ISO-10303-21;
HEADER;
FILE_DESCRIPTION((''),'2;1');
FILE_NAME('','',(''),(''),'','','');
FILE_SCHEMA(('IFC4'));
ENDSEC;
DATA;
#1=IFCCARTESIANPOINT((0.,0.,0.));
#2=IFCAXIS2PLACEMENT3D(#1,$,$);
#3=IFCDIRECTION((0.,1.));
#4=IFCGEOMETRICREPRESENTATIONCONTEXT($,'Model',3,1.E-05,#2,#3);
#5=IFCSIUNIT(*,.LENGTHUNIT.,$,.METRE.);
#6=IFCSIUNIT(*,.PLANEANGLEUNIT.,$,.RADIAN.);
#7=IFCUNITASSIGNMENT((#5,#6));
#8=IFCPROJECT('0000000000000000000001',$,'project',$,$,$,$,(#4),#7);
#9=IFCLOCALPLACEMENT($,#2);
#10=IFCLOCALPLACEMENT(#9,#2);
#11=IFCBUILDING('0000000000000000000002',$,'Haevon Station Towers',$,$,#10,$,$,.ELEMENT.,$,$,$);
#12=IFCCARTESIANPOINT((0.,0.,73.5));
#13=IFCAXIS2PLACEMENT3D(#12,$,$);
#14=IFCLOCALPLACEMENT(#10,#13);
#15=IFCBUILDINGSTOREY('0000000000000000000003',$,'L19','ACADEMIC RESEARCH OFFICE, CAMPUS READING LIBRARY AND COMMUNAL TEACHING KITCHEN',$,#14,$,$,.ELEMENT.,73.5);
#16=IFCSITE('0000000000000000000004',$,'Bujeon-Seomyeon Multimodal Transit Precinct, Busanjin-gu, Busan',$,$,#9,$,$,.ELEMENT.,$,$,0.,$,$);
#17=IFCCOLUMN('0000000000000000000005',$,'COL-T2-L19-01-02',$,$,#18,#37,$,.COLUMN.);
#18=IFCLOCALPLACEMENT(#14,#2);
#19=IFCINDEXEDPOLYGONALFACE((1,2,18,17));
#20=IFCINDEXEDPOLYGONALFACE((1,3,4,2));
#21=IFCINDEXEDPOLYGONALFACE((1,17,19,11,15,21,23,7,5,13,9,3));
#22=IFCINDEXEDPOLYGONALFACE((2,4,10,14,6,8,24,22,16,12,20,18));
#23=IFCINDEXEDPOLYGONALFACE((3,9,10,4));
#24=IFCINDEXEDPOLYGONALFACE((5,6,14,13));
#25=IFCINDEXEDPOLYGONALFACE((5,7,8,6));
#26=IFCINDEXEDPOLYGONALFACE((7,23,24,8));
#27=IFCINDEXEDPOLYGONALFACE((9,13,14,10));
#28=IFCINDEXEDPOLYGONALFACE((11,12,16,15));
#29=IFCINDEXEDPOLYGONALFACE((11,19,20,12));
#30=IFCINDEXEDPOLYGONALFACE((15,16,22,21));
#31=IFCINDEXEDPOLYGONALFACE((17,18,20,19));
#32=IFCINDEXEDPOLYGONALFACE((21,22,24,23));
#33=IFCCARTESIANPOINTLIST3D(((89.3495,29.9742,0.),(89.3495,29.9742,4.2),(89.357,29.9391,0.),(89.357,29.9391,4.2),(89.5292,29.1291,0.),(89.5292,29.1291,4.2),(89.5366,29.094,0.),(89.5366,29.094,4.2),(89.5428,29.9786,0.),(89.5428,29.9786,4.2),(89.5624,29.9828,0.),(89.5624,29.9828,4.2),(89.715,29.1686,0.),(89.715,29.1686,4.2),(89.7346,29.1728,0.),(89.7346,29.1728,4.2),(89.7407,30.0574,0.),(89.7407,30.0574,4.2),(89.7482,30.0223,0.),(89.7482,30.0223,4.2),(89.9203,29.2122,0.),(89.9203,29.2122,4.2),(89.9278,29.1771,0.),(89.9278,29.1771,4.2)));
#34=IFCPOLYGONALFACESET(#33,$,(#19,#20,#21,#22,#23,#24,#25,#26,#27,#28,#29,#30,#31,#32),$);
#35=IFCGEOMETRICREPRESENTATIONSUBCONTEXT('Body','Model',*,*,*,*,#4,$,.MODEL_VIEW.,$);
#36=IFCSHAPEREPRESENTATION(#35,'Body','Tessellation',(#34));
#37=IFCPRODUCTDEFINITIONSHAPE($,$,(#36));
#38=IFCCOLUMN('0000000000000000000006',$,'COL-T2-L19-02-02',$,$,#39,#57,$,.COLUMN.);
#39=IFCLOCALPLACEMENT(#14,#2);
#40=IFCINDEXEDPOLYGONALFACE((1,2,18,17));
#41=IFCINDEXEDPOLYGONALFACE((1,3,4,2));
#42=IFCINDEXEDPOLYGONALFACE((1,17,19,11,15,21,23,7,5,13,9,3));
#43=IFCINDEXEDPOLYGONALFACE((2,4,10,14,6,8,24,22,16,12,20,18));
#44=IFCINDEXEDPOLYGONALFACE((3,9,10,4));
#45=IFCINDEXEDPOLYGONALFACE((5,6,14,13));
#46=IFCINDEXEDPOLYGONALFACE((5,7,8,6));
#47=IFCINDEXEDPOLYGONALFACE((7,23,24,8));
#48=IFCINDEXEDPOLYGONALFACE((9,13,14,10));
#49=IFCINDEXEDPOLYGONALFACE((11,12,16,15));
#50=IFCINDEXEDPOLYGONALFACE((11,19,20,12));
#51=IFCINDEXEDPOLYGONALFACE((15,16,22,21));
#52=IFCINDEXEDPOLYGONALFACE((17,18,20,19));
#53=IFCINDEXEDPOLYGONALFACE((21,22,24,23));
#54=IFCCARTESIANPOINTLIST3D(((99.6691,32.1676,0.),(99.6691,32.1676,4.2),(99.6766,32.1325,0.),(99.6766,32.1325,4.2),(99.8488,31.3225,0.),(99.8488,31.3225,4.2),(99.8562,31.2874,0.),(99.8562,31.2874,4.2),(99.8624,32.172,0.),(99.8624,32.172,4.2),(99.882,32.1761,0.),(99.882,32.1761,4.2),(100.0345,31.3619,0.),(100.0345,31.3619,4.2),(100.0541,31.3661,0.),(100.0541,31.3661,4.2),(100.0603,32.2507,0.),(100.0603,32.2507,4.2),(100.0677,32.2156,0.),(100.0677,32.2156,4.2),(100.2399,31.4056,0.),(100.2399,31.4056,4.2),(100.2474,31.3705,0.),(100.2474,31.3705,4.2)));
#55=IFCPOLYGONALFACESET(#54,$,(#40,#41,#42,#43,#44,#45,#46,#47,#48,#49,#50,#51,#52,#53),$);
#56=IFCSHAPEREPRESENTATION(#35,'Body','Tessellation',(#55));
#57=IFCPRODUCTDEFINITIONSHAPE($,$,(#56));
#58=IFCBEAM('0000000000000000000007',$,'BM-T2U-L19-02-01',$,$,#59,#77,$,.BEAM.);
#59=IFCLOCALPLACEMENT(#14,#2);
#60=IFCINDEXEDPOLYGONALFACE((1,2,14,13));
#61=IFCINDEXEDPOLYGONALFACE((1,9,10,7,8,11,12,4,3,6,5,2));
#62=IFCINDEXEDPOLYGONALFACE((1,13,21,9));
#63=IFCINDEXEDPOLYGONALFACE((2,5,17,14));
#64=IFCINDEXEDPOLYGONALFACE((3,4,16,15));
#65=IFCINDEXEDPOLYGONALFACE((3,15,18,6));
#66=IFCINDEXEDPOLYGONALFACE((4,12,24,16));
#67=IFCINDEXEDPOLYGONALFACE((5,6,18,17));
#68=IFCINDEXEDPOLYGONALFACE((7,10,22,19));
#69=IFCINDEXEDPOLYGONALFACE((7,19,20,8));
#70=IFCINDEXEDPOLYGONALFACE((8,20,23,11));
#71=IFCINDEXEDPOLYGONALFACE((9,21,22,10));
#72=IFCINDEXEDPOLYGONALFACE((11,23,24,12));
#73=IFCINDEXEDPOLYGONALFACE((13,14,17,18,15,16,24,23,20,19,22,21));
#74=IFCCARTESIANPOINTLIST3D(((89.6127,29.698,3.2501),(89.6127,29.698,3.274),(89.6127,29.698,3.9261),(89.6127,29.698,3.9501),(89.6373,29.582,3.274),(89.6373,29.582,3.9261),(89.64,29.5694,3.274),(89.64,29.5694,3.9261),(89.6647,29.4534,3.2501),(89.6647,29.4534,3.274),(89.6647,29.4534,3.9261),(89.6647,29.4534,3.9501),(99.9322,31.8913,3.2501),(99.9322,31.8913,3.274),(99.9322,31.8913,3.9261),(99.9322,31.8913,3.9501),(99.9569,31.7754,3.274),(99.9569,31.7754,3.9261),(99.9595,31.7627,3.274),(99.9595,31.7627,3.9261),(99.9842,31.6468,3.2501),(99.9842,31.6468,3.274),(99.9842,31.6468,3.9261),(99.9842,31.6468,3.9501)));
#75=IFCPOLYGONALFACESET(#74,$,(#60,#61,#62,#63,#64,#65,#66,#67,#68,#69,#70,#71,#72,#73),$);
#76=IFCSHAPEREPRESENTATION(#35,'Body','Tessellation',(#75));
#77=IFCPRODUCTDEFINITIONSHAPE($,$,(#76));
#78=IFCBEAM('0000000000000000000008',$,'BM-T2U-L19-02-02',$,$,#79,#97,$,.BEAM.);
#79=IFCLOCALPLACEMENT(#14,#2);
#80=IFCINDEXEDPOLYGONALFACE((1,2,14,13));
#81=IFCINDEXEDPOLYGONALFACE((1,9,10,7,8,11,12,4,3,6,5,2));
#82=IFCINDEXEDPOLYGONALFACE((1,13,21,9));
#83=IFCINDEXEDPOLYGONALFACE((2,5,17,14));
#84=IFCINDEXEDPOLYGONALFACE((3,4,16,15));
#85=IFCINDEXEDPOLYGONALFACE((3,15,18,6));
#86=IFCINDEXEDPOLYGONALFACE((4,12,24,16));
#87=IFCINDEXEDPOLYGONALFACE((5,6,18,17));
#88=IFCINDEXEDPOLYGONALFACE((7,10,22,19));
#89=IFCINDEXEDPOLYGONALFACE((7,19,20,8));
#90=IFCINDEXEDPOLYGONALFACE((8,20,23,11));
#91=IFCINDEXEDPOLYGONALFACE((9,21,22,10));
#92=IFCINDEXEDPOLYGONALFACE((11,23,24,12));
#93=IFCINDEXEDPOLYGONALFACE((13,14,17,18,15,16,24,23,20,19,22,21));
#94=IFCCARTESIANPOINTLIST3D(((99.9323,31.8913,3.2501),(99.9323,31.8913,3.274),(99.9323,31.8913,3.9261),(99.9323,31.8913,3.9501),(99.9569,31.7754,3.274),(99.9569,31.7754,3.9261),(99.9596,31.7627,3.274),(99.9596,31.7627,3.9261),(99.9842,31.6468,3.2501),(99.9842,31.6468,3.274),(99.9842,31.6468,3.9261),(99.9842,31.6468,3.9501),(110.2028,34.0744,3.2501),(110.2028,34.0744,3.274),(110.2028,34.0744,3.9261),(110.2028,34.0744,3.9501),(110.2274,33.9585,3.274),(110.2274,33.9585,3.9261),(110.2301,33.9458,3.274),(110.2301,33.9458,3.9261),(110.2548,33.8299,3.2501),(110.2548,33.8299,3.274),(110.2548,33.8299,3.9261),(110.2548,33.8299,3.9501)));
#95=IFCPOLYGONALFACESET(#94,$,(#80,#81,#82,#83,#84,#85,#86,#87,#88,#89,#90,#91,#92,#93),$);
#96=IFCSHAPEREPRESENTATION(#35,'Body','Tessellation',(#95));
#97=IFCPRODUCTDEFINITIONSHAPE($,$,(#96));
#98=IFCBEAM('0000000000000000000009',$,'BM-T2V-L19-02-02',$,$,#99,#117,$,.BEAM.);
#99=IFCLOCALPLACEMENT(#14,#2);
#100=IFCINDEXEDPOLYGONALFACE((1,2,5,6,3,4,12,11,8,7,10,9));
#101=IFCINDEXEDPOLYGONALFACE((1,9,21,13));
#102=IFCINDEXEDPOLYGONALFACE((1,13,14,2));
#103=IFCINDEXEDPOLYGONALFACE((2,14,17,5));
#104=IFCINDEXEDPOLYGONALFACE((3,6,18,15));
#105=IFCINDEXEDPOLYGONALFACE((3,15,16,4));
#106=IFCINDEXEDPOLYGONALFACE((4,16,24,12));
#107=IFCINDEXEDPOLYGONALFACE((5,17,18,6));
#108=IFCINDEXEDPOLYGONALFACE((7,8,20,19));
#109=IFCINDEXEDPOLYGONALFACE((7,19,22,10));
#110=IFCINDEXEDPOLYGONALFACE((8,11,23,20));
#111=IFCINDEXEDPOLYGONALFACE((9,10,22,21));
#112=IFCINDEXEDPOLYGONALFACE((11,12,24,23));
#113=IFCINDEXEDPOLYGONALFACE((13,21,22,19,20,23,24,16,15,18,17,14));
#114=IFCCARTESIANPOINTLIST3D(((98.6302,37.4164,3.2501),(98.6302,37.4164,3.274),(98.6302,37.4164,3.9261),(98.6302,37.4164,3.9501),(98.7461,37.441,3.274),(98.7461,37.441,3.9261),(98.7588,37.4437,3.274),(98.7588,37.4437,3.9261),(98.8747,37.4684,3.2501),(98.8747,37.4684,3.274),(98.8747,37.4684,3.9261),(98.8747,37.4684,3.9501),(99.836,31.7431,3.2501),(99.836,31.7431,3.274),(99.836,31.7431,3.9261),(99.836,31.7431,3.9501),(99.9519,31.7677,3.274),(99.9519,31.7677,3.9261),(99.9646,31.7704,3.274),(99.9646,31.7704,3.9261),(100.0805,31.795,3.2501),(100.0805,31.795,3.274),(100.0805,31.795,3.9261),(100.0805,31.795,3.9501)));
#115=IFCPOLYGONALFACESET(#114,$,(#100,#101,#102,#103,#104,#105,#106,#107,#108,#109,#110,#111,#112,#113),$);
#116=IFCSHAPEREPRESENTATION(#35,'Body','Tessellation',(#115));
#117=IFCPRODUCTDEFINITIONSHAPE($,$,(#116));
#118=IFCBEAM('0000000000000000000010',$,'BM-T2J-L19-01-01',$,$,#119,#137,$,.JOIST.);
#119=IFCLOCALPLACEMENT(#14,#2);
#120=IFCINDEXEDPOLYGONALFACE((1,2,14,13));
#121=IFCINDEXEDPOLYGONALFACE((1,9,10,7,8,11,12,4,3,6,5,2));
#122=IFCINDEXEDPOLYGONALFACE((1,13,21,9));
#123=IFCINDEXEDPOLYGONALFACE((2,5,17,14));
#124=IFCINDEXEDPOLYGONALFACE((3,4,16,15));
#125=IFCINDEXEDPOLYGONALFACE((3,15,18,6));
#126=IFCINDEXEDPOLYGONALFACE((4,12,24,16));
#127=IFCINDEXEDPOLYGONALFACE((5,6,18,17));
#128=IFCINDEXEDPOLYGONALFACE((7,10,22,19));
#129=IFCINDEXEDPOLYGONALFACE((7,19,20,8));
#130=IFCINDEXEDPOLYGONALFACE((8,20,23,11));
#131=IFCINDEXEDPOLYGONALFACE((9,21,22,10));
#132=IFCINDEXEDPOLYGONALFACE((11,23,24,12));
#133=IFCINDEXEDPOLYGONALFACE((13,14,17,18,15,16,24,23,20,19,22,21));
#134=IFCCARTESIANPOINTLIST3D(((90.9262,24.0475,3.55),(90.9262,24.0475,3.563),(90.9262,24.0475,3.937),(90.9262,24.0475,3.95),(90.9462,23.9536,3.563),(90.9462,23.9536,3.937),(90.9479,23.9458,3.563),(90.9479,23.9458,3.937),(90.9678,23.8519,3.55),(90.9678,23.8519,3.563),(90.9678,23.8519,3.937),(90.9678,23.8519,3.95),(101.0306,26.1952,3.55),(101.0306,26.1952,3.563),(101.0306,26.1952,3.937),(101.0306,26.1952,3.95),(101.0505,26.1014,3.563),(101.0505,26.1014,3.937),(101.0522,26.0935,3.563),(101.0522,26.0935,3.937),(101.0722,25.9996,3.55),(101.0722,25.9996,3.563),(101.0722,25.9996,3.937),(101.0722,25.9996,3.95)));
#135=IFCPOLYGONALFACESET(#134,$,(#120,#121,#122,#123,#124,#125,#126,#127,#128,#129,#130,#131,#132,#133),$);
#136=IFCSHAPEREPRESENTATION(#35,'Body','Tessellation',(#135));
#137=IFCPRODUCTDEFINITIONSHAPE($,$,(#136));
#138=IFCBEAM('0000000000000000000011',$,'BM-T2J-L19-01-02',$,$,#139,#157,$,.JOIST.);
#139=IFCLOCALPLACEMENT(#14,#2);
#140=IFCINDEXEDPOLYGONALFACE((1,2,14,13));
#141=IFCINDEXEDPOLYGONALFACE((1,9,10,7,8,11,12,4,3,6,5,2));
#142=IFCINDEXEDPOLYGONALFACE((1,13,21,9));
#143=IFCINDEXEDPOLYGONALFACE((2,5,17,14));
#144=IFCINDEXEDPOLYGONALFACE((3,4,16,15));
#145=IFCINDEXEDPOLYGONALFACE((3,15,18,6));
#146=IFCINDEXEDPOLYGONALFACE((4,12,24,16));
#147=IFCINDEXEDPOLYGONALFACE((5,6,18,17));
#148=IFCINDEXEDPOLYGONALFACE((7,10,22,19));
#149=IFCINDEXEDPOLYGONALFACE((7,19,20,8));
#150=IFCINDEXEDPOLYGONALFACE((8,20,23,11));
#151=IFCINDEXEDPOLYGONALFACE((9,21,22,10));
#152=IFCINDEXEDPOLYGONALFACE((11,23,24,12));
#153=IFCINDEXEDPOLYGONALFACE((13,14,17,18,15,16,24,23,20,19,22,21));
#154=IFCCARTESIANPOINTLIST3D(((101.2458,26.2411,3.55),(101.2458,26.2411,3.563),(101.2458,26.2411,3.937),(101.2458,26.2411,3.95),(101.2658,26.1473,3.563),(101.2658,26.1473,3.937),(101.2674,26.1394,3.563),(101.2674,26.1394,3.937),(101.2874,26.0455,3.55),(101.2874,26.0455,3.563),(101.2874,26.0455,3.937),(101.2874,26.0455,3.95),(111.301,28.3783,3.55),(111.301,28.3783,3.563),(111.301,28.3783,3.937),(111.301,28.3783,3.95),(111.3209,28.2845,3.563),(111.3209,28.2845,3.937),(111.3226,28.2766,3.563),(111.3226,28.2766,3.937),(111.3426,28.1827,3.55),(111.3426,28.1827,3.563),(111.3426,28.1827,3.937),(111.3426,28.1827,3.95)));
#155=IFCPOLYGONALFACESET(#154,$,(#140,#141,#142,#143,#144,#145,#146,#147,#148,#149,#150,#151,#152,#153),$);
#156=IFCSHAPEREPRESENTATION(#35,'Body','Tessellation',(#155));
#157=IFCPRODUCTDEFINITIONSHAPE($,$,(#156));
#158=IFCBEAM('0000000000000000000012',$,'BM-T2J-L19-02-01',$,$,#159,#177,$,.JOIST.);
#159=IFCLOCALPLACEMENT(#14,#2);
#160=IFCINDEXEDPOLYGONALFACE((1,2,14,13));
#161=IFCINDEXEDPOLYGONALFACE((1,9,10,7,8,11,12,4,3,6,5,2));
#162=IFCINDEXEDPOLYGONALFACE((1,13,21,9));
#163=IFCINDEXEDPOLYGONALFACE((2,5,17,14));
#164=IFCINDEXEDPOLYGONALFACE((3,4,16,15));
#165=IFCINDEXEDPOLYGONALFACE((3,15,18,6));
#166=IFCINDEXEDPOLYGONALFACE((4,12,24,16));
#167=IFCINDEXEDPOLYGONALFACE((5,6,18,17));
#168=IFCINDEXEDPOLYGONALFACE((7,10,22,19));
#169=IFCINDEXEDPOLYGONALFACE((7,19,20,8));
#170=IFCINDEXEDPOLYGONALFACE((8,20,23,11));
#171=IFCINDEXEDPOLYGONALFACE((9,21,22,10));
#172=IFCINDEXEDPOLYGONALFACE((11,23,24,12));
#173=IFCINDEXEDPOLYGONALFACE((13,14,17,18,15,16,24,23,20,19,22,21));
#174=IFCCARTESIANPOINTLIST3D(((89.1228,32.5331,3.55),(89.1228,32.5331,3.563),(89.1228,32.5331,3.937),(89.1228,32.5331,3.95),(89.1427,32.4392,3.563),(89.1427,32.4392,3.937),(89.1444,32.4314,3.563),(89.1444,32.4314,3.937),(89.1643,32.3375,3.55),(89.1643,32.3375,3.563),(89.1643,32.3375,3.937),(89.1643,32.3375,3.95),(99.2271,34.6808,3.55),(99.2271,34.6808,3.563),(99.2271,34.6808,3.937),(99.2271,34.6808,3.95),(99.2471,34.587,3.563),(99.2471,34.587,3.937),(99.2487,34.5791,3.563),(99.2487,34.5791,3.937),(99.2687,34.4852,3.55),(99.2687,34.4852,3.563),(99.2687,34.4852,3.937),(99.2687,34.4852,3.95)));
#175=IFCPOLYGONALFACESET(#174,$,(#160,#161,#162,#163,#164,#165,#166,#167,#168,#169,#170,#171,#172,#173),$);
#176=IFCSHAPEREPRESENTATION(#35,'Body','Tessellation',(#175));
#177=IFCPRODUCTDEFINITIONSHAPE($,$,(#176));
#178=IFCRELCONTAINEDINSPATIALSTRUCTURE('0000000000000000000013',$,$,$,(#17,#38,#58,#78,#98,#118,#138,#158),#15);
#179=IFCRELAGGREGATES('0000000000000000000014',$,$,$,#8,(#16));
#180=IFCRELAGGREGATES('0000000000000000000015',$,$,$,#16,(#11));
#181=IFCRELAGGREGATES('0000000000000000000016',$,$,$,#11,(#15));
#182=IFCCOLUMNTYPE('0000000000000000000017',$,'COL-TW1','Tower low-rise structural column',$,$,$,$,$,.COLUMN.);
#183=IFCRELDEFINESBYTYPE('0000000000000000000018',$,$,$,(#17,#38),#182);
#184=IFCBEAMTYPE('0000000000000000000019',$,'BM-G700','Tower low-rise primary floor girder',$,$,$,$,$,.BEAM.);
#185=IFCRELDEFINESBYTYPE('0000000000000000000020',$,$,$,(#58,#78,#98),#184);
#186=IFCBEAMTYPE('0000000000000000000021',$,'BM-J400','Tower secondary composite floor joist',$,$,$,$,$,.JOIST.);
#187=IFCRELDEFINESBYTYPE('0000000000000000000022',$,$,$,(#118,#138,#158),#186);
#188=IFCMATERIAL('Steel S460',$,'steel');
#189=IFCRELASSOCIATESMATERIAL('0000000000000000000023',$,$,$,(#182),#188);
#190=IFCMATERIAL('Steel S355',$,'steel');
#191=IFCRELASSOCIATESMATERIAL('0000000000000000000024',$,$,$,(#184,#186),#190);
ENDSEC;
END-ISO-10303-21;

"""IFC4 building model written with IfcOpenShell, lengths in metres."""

from ifc_helpers import new_model, si_unit, direction, frame, origin, origin_2d, place, context, subcontext, project, spatial, i_section, extrude, material, material_profile, profile_set, type_object, element, save


model = new_model("IFC4")

# Units and contexts
model_context = context("Model", 3, precision=1e-05, world=origin(), true_north=direction((0.0, 1.0)))
body_context = subcontext(model_context, "Body", "Model", "MODEL_VIEW")
ifc_project = project(units=[si_unit("LENGTHUNIT", "METRE"), si_unit("PLANEANGLEUNIT", "RADIAN")], contexts=[model_context])

# Site, building, storey
site_placement = place(None, origin())
site = spatial("IfcSite", under=ifc_project, at=site_placement, Name="Bujeon-Seomyeon Multimodal Transit Precinct, Busanjin-gu, Busan", CompositionType="ELEMENT", RefElevation=0.0)
building_placement = place(site_placement, origin())
building = spatial("IfcBuilding", under=site, at=building_placement, Name="Haevon Station Towers", CompositionType="ELEMENT")
storey_placement = place(building_placement, frame((0.0, 0.0, 73.5)))
storey = spatial("IfcBuildingStorey", under=building, at=storey_placement, Name="L19", Description="ACADEMIC RESEARCH OFFICE, CAMPUS READING LIBRARY AND COMMUNAL TEACHING KITCHEN", CompositionType="ELEMENT", Elevation=73.5)

# Columns
ifc_material_1 = material(Name="Steel S460", Category="steel")
ifc_material_profile_1 = material_profile(ifc_material_1, i_section(OverallWidth=0.3999, OverallDepth=0.8999, WebThickness=0.02, FlangeThickness=0.0359, at=origin_2d()), Name="H-900x400x20x36")
ifc_profile_set_1 = profile_set([ifc_material_profile_1], Name="Steel S460")
column_type = type_object("IfcColumnType", Name="COL-TW1", Description="Tower low-rise structural column", PredefinedType="COLUMN", material=ifc_profile_set_1)
for number, where, z_axis, x_axis, name in (
    (1, (89.6387, 29.5757, 0.0), (0.0, 0.0, 1.0), (0.978148, 0.207912, 0.0), "COL-T2-L19-01-02"),
    (2, (99.9583, 31.769, 0.0), (0.0, 0.0, 1.0), (0.978148, 0.207912, 0.0), "COL-T2-L19-02-02"),
):
    element("IfcColumn", number, at=place(storey_placement, frame(where, z_axis=z_axis, x_axis=x_axis)), inside=storey, type_object=column_type, Name=name, PredefinedType="COLUMN", context=body_context, shape_type="SweptSolid", body=[
        extrude(i_section(OverallWidth=0.3999, OverallDepth=0.8999, WebThickness=0.02, FlangeThickness=0.0359, at=origin_2d()), origin(), (0.0, 0.0, 1.0), 4.2),
    ])

# Beams
ifc_material_2 = material(Name="Steel S355", Category="steel")
ifc_material_profile_2 = material_profile(ifc_material_2, i_section(OverallWidth=0.25, OverallDepth=0.7, WebThickness=0.0129, FlangeThickness=0.0239, at=origin_2d()), Name="H-700x250x13x24")
ifc_profile_set_2 = profile_set([ifc_material_profile_2], Name="Steel S355")
beam_type_1 = type_object("IfcBeamType", Name="BM-G700", Description="Tower low-rise primary floor girder", PredefinedType="BEAM", material=ifc_profile_set_2)
beam_1_placement = place(storey_placement, frame((89.6387, 29.5757, 3.6001), z_axis=(0.97815, 0.207899, 0.0), x_axis=(-0.207899, 0.97815, 0.0)))
element("IfcBeam", 3, at=beam_1_placement, inside=storey, type_object=beam_type_1, Name="BM-T2U-L19-02-01", PredefinedType="BEAM", context=body_context, shape_type="SweptSolid", body=[
    extrude(i_section(OverallWidth=0.25, OverallDepth=0.7, WebThickness=0.0129, FlangeThickness=0.0239, at=origin_2d()), origin(), (0.0, 0.0, 1.0), 10.55),
])
beam_2_placement = place(storey_placement, frame((99.9583, 31.769, 3.6001), z_axis=(0.978147, 0.207915, 0.0), x_axis=(-0.207915, 0.978147, 0.0)))
element("IfcBeam", 4, at=beam_2_placement, inside=storey, type_object=beam_type_1, Name="BM-T2U-L19-02-02", PredefinedType="BEAM", context=body_context, shape_type="SweptSolid", body=[
    extrude(i_section(OverallWidth=0.25, OverallDepth=0.7, WebThickness=0.0129, FlangeThickness=0.0239, at=origin_2d()), origin(), (0.0, 0.0, 1.0), 10.5),
])
beam_3_placement = place(storey_placement, frame((99.9583, 31.769, 3.6001), z_axis=(-0.207896, 0.978151, 0.0), x_axis=(-0.978151, -0.207896, 0.0)))
element("IfcBeam", 5, at=beam_3_placement, inside=storey, type_object=beam_type_1, Name="BM-T2V-L19-02-02", PredefinedType="BEAM", context=body_context, shape_type="SweptSolid", body=[
    extrude(i_section(OverallWidth=0.25, OverallDepth=0.7, WebThickness=0.0129, FlangeThickness=0.0239, at=origin_2d()), origin(), (0.0, 0.0, 1.0), 5.8),
])
ifc_material_profile_3 = material_profile(ifc_material_2, i_section(OverallWidth=0.2, OverallDepth=0.3999, WebThickness=0.0081, FlangeThickness=0.0129, at=origin_2d()), Name="H-400x200x8x13")
ifc_profile_set_3 = profile_set([ifc_material_profile_3], Name="Steel S355")
beam_type_2 = type_object("IfcBeamType", Name="BM-J400", Description="Tower secondary composite floor joist", PredefinedType="JOIST", material=ifc_profile_set_3)
beam_4_placement = place(storey_placement, frame((90.947, 23.9497, 3.75), z_axis=(0.978148, 0.20791, 0.0), x_axis=(-0.20791, 0.978148, 0.0)))
element("IfcBeam", 6, at=beam_4_placement, inside=storey, type_object=beam_type_2, Name="BM-T2J-L19-01-01", PredefinedType="JOIST", context=body_context, shape_type="SweptSolid", body=[
    extrude(i_section(OverallWidth=0.2, OverallDepth=0.3999, WebThickness=0.0081, FlangeThickness=0.0129, at=origin_2d()), origin(), (0.0, 0.0, 1.0), 10.3301),
])
beam_5_placement = place(storey_placement, frame((101.2666, 26.1433, 3.75), z_axis=(0.978149, 0.207904, 0.0), x_axis=(-0.207904, 0.978149, 0.0)))
element("IfcBeam", 7, at=beam_5_placement, inside=storey, type_object=beam_type_2, Name="BM-T2J-L19-01-02", PredefinedType="JOIST", context=body_context, shape_type="SweptSolid", body=[
    extrude(i_section(OverallWidth=0.2, OverallDepth=0.3999, WebThickness=0.0081, FlangeThickness=0.0129, at=origin_2d()), origin(), (0.0, 0.0, 1.0), 10.2798),
])
beam_6_placement = place(storey_placement, frame((89.1436, 32.4353, 3.75), z_axis=(0.978148, 0.20791, 0.0), x_axis=(-0.20791, 0.978148, 0.0)))
element("IfcBeam", 8, at=beam_6_placement, inside=storey, type_object=beam_type_2, Name="BM-T2J-L19-02-01", PredefinedType="JOIST", context=body_context, shape_type="SweptSolid", body=[
    extrude(i_section(OverallWidth=0.2, OverallDepth=0.3999, WebThickness=0.0081, FlangeThickness=0.0129, at=origin_2d()), origin(), (0.0, 0.0, 1.0), 10.3301),
])

save(model, "model.ifc")
